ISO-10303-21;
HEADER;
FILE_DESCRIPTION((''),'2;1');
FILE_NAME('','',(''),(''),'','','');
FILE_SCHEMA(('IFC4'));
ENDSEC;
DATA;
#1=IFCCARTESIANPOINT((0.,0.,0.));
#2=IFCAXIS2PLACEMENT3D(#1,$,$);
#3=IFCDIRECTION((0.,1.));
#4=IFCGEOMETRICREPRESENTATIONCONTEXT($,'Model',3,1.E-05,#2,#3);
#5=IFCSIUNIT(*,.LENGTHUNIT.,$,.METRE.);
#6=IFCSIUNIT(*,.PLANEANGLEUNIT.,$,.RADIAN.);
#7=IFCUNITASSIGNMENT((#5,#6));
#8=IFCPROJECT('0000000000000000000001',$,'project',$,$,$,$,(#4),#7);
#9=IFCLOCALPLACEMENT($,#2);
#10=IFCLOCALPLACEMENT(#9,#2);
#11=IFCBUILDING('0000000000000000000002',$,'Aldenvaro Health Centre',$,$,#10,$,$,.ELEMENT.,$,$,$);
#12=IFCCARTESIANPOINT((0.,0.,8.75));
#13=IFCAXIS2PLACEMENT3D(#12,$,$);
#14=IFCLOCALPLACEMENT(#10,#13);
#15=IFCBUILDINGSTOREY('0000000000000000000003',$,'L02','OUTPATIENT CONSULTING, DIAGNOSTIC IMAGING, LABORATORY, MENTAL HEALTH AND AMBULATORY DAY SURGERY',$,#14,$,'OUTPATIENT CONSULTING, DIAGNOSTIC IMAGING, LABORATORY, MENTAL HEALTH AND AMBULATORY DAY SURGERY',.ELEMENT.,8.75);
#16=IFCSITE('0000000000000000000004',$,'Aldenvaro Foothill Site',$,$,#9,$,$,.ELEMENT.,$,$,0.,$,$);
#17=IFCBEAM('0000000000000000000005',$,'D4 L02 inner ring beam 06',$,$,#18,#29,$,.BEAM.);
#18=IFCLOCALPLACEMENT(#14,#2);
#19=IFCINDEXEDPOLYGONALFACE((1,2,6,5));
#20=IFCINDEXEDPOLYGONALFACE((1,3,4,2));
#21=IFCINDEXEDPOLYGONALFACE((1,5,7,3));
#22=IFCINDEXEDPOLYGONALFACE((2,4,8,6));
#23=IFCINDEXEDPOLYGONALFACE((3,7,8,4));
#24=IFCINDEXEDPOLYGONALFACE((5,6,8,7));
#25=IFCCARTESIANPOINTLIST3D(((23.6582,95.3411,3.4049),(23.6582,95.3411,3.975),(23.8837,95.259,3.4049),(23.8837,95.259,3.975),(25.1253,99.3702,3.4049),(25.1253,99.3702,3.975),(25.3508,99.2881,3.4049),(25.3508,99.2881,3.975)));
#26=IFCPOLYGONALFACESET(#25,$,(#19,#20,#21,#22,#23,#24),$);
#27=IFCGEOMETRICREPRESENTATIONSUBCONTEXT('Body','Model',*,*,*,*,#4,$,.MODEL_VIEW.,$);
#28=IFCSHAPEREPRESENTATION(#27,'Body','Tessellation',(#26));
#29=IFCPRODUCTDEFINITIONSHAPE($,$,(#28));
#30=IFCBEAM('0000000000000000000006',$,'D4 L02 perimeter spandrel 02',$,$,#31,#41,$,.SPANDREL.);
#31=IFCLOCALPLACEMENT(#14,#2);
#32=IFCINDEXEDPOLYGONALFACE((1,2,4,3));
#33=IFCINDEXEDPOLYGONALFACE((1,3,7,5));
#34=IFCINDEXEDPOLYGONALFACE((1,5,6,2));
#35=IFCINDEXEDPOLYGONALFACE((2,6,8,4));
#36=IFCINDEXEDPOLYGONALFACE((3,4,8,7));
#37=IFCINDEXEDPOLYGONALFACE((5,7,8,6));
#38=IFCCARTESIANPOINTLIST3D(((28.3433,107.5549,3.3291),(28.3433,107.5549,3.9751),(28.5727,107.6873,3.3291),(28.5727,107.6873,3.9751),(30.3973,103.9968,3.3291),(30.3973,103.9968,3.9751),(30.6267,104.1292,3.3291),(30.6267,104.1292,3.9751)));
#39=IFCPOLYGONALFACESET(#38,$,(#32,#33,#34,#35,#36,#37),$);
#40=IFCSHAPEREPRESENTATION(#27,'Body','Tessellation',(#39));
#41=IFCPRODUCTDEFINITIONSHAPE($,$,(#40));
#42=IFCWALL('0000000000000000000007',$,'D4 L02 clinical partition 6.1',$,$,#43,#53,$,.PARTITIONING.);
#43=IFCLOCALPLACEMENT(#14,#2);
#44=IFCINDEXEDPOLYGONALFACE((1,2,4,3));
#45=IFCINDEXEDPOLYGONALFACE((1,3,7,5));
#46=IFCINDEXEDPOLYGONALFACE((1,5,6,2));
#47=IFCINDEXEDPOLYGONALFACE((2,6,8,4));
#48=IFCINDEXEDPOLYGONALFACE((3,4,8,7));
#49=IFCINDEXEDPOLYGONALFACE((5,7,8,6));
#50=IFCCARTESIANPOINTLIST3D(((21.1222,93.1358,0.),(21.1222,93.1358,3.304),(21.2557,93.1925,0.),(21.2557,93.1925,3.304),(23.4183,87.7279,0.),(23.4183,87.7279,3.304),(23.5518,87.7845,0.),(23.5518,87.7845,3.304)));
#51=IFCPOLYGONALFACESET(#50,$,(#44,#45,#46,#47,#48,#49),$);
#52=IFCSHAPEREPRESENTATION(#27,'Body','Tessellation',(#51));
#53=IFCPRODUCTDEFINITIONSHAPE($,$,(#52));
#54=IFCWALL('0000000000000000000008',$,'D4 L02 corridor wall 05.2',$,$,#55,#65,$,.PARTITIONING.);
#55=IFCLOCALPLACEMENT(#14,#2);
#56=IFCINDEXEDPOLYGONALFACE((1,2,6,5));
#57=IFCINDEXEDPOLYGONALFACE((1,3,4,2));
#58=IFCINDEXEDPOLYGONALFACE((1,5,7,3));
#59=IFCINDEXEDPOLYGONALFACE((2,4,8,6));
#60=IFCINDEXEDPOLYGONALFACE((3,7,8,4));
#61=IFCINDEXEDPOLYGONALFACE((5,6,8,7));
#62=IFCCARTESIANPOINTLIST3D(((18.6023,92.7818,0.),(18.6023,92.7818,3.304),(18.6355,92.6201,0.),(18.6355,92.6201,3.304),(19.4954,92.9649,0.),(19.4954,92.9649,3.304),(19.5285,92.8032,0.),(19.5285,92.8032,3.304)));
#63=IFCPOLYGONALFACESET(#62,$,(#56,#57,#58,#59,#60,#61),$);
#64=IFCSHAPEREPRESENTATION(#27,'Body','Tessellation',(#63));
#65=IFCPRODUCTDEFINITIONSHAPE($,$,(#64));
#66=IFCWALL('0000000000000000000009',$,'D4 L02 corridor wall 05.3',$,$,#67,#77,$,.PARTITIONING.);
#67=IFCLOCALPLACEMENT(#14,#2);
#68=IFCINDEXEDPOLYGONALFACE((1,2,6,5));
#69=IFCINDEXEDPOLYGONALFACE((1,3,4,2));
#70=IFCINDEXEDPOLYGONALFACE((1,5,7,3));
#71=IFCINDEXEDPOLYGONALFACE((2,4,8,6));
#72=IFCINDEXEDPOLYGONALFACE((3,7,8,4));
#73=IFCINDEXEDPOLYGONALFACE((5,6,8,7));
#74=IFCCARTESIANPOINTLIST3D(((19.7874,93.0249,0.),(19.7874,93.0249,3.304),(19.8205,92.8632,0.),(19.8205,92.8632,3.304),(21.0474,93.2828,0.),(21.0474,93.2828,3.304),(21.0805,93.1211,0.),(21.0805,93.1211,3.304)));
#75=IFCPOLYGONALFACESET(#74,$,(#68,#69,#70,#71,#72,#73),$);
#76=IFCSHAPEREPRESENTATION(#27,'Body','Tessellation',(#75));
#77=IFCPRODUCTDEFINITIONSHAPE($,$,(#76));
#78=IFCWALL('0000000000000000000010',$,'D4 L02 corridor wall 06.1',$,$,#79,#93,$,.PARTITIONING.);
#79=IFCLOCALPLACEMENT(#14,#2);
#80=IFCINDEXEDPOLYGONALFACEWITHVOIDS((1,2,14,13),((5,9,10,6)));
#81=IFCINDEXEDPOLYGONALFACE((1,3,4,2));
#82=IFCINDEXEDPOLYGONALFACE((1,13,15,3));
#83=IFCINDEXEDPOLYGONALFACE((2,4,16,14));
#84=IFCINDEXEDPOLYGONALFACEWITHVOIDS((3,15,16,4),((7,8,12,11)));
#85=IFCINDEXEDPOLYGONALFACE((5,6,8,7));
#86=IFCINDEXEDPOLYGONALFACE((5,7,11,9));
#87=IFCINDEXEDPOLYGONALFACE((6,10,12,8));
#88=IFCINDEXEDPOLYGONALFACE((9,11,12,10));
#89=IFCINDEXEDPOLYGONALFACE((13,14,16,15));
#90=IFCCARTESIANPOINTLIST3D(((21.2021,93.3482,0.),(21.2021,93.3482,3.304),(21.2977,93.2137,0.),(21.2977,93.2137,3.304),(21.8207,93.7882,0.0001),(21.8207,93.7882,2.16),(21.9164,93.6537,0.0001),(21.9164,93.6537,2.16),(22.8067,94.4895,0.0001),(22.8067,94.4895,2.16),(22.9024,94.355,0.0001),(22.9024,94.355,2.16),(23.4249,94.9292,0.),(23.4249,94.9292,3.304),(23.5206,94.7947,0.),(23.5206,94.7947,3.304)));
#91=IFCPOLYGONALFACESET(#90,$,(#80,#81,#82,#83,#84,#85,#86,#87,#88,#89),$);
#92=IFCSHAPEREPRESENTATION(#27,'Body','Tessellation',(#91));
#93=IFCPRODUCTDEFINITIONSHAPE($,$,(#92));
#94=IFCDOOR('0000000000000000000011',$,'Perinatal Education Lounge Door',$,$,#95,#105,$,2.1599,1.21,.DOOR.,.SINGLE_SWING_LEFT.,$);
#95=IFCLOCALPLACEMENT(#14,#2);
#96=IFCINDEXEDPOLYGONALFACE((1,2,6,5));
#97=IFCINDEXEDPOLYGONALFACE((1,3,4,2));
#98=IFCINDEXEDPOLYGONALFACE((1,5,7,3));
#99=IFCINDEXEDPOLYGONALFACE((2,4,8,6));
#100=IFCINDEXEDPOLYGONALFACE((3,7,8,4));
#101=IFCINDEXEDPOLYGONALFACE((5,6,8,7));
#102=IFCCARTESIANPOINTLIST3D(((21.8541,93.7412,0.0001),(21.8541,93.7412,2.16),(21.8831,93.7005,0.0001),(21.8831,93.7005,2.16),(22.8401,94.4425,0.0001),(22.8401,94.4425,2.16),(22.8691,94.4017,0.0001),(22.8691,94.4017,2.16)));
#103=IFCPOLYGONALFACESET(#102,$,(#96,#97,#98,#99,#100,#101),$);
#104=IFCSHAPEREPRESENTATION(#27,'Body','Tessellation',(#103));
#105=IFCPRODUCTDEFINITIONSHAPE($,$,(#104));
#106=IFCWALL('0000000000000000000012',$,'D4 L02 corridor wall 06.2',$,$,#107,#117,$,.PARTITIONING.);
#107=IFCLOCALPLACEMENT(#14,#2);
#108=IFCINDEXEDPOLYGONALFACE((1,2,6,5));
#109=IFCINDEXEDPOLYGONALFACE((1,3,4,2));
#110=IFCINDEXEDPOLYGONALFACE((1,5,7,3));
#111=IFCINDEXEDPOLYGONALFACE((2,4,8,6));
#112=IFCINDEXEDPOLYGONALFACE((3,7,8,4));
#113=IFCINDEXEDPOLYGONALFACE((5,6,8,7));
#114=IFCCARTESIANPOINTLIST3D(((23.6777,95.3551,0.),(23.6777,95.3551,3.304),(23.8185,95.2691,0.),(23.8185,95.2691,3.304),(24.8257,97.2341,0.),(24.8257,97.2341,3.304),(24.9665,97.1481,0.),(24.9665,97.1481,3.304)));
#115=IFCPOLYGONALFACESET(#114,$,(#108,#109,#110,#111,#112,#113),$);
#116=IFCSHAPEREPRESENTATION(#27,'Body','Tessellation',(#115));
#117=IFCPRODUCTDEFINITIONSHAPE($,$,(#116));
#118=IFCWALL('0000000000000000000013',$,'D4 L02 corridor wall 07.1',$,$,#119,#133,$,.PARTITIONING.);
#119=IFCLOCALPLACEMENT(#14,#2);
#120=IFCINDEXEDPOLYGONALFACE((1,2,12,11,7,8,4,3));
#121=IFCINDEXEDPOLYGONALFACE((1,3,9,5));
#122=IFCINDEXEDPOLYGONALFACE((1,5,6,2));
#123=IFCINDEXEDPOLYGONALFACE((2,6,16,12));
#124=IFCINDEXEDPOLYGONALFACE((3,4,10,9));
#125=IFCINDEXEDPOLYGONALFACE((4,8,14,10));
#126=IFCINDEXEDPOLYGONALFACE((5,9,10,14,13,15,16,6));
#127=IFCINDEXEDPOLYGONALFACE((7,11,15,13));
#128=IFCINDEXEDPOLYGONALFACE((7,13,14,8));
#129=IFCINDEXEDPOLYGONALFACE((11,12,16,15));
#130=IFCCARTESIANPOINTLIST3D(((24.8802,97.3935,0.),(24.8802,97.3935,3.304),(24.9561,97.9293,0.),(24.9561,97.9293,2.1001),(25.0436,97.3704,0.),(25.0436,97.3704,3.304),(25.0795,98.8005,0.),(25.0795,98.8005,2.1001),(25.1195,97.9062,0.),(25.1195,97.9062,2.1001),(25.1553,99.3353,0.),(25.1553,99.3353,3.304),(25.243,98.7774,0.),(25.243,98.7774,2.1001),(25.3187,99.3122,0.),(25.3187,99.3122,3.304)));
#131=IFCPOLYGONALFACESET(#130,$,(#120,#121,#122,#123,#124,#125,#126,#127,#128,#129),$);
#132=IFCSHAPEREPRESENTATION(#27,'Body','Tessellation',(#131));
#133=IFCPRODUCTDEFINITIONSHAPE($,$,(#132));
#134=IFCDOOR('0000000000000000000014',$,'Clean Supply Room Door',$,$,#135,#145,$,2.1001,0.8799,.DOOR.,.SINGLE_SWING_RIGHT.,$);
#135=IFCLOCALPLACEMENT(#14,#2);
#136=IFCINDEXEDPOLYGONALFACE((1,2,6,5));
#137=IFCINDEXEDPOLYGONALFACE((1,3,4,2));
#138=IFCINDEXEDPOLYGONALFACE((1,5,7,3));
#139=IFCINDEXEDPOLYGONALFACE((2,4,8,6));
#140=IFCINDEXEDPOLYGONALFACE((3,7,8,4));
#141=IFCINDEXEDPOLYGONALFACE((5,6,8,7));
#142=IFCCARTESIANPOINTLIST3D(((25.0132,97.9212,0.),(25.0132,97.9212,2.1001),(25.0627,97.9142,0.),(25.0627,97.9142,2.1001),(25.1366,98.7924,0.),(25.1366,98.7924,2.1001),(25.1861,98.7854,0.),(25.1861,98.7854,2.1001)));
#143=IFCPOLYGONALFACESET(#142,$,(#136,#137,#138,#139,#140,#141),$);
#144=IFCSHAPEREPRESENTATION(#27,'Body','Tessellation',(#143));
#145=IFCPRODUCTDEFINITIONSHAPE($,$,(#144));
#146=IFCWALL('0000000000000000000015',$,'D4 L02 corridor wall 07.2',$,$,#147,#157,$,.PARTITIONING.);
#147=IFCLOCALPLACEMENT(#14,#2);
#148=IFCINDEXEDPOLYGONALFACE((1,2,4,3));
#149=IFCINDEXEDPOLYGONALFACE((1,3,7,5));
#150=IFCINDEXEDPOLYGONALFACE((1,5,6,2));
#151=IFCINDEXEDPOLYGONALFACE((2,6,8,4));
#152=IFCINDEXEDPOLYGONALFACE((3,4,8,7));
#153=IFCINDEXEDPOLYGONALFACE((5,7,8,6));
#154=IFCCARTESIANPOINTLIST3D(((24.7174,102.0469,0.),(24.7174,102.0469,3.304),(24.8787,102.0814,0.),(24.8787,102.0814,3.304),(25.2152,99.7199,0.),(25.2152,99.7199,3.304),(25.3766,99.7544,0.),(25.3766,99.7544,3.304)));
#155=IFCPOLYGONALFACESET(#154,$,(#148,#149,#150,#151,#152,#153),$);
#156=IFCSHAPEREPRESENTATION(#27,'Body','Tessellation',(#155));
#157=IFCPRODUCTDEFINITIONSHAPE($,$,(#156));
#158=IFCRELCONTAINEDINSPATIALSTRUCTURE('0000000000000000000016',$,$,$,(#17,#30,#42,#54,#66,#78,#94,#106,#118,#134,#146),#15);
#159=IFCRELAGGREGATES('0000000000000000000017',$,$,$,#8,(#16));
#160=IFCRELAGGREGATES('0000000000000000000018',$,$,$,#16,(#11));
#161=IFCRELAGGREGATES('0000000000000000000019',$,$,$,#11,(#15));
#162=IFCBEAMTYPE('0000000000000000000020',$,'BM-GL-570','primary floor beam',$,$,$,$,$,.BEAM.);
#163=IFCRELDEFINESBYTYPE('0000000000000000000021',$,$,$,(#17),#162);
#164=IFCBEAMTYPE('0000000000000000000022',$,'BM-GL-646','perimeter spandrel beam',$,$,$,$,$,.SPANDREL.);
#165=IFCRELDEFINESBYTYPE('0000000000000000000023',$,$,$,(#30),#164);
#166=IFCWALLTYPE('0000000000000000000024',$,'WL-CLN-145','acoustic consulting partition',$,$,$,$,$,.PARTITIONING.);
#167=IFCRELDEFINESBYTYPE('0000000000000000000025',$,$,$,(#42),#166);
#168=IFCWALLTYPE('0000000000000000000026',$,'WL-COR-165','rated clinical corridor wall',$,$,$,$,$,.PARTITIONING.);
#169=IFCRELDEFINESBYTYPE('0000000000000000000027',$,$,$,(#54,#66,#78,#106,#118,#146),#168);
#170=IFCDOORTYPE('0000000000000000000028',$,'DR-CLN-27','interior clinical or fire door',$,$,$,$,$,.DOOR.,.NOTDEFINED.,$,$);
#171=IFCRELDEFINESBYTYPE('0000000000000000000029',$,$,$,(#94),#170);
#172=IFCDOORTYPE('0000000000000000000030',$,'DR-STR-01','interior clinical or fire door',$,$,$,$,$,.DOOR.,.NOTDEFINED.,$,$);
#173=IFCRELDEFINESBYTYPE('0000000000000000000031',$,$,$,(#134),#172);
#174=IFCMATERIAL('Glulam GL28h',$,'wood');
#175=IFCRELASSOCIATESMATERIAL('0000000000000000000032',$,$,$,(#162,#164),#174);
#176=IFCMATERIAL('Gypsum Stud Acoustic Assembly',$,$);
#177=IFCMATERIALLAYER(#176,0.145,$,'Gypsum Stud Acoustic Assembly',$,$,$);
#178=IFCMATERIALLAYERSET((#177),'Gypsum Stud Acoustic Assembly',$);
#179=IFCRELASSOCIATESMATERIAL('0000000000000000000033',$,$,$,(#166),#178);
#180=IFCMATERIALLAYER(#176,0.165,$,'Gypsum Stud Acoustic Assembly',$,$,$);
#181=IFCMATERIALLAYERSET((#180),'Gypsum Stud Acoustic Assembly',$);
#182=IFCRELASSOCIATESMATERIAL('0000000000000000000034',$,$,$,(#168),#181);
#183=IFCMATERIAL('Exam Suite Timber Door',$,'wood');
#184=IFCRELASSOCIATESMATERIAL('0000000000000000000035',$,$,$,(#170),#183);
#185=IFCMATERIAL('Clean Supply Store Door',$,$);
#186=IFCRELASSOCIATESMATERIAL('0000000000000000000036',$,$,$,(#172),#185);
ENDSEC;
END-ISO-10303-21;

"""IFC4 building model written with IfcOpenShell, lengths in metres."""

from ifc_helpers import new_model, si_unit, direction, frame, frame_2d, origin, origin_2d, place, context, subcontext, project, spatial, rectangle, extrude, material, layer, layer_set, material_profile, profile_set, type_object, element, fill, save


model = new_model("IFC4")

# Units and contexts
model_context = context("Model", 3, precision=1e-05, world=origin(), true_north=direction((0.0, 1.0)))
body_context = subcontext(model_context, "Body", "Model", "MODEL_VIEW")
ifc_project = project(units=[si_unit("LENGTHUNIT", "METRE"), si_unit("PLANEANGLEUNIT", "RADIAN")], contexts=[model_context])

# Site, building, storey
site_placement = place(None, origin())
site = spatial("IfcSite", under=ifc_project, at=site_placement, Name="Aldenvaro Foothill Site", CompositionType="ELEMENT", RefElevation=0.0)
building_placement = place(site_placement, origin())
building = spatial("IfcBuilding", under=site, at=building_placement, Name="Aldenvaro Health Centre", CompositionType="ELEMENT")
storey_placement = place(building_placement, frame((0.0, 0.0, 8.75)))
storey = spatial("IfcBuildingStorey", under=building, at=storey_placement, Name="L02", Description="OUTPATIENT CONSULTING, DIAGNOSTIC IMAGING, LABORATORY, MENTAL HEALTH AND AMBULATORY DAY SURGERY", LongName="OUTPATIENT CONSULTING, DIAGNOSTIC IMAGING, LABORATORY, MENTAL HEALTH AND AMBULATORY DAY SURGERY", CompositionType="ELEMENT", Elevation=8.75)

# Shared definitions
ifc_material_1 = material(Name="Glulam GL28h", Category="wood")

# Beams
ifc_material_profile_1 = material_profile(ifc_material_1, rectangle(XDim=0.24, YDim=0.5701, at=origin_2d()), Name="GL 240x570", Category="wood")
ifc_profile_set_1 = profile_set([ifc_material_profile_1], Name="Glulam GL28h")
beam_type_1 = type_object("IfcBeamType", Name="BM-GL-570", Description="primary floor beam", PredefinedType="BEAM", material=ifc_profile_set_1)
beam_1_placement = place(storey_placement, frame((23.771, 95.3, 3.6899), z_axis=(0.342141, 0.939649, 0.0), x_axis=(-0.939649, 0.342141, 0.0)))
element("IfcBeam", 1, at=beam_1_placement, inside=storey, type_object=beam_type_1, Name="D4 L02 inner ring beam 06", PredefinedType="BEAM", context=body_context, shape_type="SweptSolid", body=[
    extrude(rectangle(XDim=0.24, YDim=0.5701, at=origin_2d()), origin(), (0.0, 0.0, 1.0), 4.2878),
])
ifc_material_profile_2 = material_profile(ifc_material_1, rectangle(XDim=0.2649, YDim=0.646, at=origin_2d()), Name="GL 265x646", Category="wood")
ifc_profile_set_2 = profile_set([ifc_material_profile_2], Name="Glulam GL28h")
beam_type_2 = type_object("IfcBeamType", Name="BM-GL-646", Description="perimeter spandrel beam", PredefinedType="SPANDREL", material=ifc_profile_set_2)
beam_2_placement = place(storey_placement, frame((30.512, 104.063, 3.6521), z_axis=(-0.499942, 0.866059, 0.0), x_axis=(-0.866059, -0.499942, 0.0)))
element("IfcBeam", 2, at=beam_2_placement, inside=storey, type_object=beam_type_2, Name="D4 L02 perimeter spandrel 02", PredefinedType="SPANDREL", context=body_context, shape_type="SweptSolid", body=[
    extrude(rectangle(XDim=0.2649, YDim=0.646, at=origin_2d()), origin(), (0.0, 0.0, 1.0), 4.1084),
])

# Walls
ifc_material_2 = material(Name="Gypsum Stud Acoustic Assembly")
ifc_layer_1 = layer(ifc_material_2, 0.145, Name="Gypsum Stud Acoustic Assembly")
ifc_layer_set_1 = layer_set([ifc_layer_1], Name="Gypsum Stud Acoustic Assembly")
wall_type_1 = type_object("IfcWallType", Name="WL-CLN-145", Description="acoustic consulting partition", PredefinedType="PARTITIONING", material=ifc_layer_set_1)
wall_1_placement = place(storey_placement, frame((21.189, 93.1641, 0.0), z_axis=(0.0, 0.0, 1.0), x_axis=(0.390818, -0.920468, 0.0)))
element("IfcWall", 3, at=wall_1_placement, inside=storey, type_object=wall_type_1, Name="D4 L02 clinical partition 6.1", PredefinedType="PARTITIONING", context=body_context, shape_type="SweptSolid", body=[
    extrude(rectangle(XDim=5.8752, YDim=0.145, at=frame_2d((2.9375, 0.0))), origin(), (0.0, 0.0, 1.0), 3.304),
])
ifc_layer_2 = layer(ifc_material_2, 0.165, Name="Gypsum Stud Acoustic Assembly")
ifc_layer_set_2 = layer_set([ifc_layer_2], Name="Gypsum Stud Acoustic Assembly")
wall_type_2 = type_object("IfcWallType", Name="WL-COR-165", Description="rated clinical corridor wall", PredefinedType="PARTITIONING", material=ifc_layer_set_2)
wall_2_placement = place(storey_placement, frame((18.6189, 92.7009, 0.0), z_axis=(0.0, 0.0, 1.0), x_axis=(0.979622, 0.200852, 0.0)))
element("IfcWall", 4, at=wall_2_placement, inside=storey, type_object=wall_type_2, Name="D4 L02 corridor wall 05.2", PredefinedType="PARTITIONING", context=body_context, shape_type="SweptSolid", body=[
    extrude(rectangle(XDim=0.9116, YDim=0.165, at=frame_2d((0.4558, 0.0))), origin(), (0.0, 0.0, 1.0), 3.304),
])
wall_3_placement = place(storey_placement, frame((19.804, 92.9441, 0.0), z_axis=(0.0, 0.0, 1.0), x_axis=(0.979702, 0.200458, 0.0)))
element("IfcWall", 5, at=wall_3_placement, inside=storey, type_object=wall_type_2, Name="D4 L02 corridor wall 05.3", PredefinedType="PARTITIONING", context=body_context, shape_type="SweptSolid", body=[
    extrude(rectangle(XDim=1.2861, YDim=0.165, at=frame_2d((0.6431, 0.0))), origin(), (0.0, 0.0, 1.0), 3.304),
])

# Wall, opening, door
wall_4_placement = place(storey_placement, frame((21.25, 93.281, 0.0), z_axis=(0.0, 0.0, 1.0), x_axis=(0.814899, 0.579603, 0.0)))
wall_4 = element("IfcWall", 6, at=wall_4_placement, inside=storey, type_object=wall_type_2, Name="D4 L02 corridor wall 06.1", PredefinedType="PARTITIONING", context=body_context, shape_type="SweptSolid", body=[
    extrude(rectangle(XDim=2.7278, YDim=0.165, at=frame_2d((1.3638, 0.0))), origin(), (0.0, 0.0, 1.0), 3.304),
])
opening_1_placement = place(wall_4_placement, frame((0.759, 0.0, 0.0)))
opening_1 = element("IfcOpeningElement", 7, at=opening_1_placement, cuts=wall_4, PredefinedType="OPENING", context=body_context, shape_type="SweptSolid", body=[
    extrude(rectangle(XDim=1.21, YDim=2.1599, at=frame_2d((0.605, 1.0801))), frame((0.0, 0.0925, 0.0), z_axis=(0.0, -1.0, 0.0), x_axis=(1.0, 0.0, 0.0)), (0.0, 0.0, 1.0), 0.1851),
])
ifc_material_3 = material(Name="Exam Suite Timber Door", Category="wood")
door_type_1 = type_object("IfcDoorType", Name="DR-CLN-27", Description="interior clinical or fire door", OperationType="NOTDEFINED", PredefinedType="DOOR", material=ifc_material_3)
door_1_placement = place(opening_1_placement, origin())
door_1 = element("IfcDoor", 8, at=door_1_placement, inside=storey, type_object=door_type_1, Name="Perinatal Education Lounge Door", OperationType="SINGLE_SWING_LEFT", OverallHeight=2.1599, OverallWidth=1.21, PredefinedType="DOOR", context=body_context, shape_type="SweptSolid", body=[
    extrude(rectangle(XDim=1.21, YDim=2.1599, at=frame_2d((0.605, 1.0801))), frame((0.0, 0.0249, 0.0), z_axis=(0.0, -1.0, 0.0), x_axis=(1.0, 0.0, 0.0)), (0.0, 0.0, 1.0), 0.05),
])
fill(opening_1, door_1)

# Wall
wall_5_placement = place(storey_placement, frame((23.748, 95.312, 0.0), z_axis=(0.0, 0.0, 1.0), x_axis=(0.52136, 0.853337, 0.0)))
element("IfcWall", 9, at=wall_5_placement, inside=storey, type_object=wall_type_2, Name="D4 L02 corridor wall 06.2", PredefinedType="PARTITIONING", context=body_context, shape_type="SweptSolid", body=[
    extrude(rectangle(XDim=2.2019, YDim=0.165, at=frame_2d((1.1011, 0.0))), origin(), (0.0, 0.0, 1.0), 3.304),
])

# Wall, opening, door
wall_6_placement = place(storey_placement, frame((24.9619, 97.3821, 0.0), z_axis=(0.0, 0.0, 1.0), x_axis=(0.140288, 0.990111, 0.0)))
wall_6 = element("IfcWall", 10, at=wall_6_placement, inside=storey, type_object=wall_type_2, Name="D4 L02 corridor wall 07.1", PredefinedType="PARTITIONING", context=body_context, shape_type="SweptSolid", body=[
    extrude(rectangle(XDim=1.9612, YDim=0.165, at=frame_2d((0.9805, 0.0))), origin(), (0.0, 0.0, 1.0), 3.304),
])
opening_2_placement = place(wall_6_placement, frame((0.541, 0.0, 0.0)))
opening_2 = element("IfcOpeningElement", 11, at=opening_2_placement, cuts=wall_6, PredefinedType="OPENING", context=body_context, shape_type="SweptSolid", body=[
    extrude(rectangle(XDim=0.8799, YDim=2.1001, at=frame_2d((0.4399, 1.05))), frame((0.0, 0.0925, 0.0), z_axis=(0.0, -1.0, 0.0), x_axis=(1.0, 0.0, 0.0)), (0.0, 0.0, 1.0), 0.1851),
])
ifc_material_4 = material(Name="Clean Supply Store Door")
door_type_2 = type_object("IfcDoorType", Name="DR-STR-01", Description="interior clinical or fire door", OperationType="NOTDEFINED", PredefinedType="DOOR", material=ifc_material_4)
door_2_placement = place(opening_2_placement, origin())
door_2 = element("IfcDoor", 12, at=door_2_placement, inside=storey, type_object=door_type_2, Name="Clean Supply Room Door", OperationType="SINGLE_SWING_RIGHT", OverallHeight=2.1001, OverallWidth=0.8799, PredefinedType="DOOR", context=body_context, shape_type="SweptSolid", body=[
    extrude(rectangle(XDim=0.8799, YDim=2.1001, at=frame_2d((0.4399, 1.05))), frame((0.0, 0.0249, 0.0), z_axis=(0.0, -1.0, 0.0), x_axis=(1.0, 0.0, 0.0)), (0.0, 0.0, 1.0), 0.05),
])
fill(opening_2, door_2)

# Wall
wall_7_placement = place(storey_placement, frame((25.2959, 99.7371, 0.0), z_axis=(0.0, 0.0, 1.0), x_axis=(-0.2092, 0.977873, 0.0)))
element("IfcWall", 13, at=wall_7_placement, inside=storey, type_object=wall_type_2, Name="D4 L02 corridor wall 07.2", PredefinedType="PARTITIONING", context=body_context, shape_type="SweptSolid", body=[
    extrude(rectangle(XDim=2.3796, YDim=0.165, at=frame_2d((1.1899, 0.0))), origin(), (0.0, 0.0, 1.0), 3.304),
])

save(model, "model.ifc")
